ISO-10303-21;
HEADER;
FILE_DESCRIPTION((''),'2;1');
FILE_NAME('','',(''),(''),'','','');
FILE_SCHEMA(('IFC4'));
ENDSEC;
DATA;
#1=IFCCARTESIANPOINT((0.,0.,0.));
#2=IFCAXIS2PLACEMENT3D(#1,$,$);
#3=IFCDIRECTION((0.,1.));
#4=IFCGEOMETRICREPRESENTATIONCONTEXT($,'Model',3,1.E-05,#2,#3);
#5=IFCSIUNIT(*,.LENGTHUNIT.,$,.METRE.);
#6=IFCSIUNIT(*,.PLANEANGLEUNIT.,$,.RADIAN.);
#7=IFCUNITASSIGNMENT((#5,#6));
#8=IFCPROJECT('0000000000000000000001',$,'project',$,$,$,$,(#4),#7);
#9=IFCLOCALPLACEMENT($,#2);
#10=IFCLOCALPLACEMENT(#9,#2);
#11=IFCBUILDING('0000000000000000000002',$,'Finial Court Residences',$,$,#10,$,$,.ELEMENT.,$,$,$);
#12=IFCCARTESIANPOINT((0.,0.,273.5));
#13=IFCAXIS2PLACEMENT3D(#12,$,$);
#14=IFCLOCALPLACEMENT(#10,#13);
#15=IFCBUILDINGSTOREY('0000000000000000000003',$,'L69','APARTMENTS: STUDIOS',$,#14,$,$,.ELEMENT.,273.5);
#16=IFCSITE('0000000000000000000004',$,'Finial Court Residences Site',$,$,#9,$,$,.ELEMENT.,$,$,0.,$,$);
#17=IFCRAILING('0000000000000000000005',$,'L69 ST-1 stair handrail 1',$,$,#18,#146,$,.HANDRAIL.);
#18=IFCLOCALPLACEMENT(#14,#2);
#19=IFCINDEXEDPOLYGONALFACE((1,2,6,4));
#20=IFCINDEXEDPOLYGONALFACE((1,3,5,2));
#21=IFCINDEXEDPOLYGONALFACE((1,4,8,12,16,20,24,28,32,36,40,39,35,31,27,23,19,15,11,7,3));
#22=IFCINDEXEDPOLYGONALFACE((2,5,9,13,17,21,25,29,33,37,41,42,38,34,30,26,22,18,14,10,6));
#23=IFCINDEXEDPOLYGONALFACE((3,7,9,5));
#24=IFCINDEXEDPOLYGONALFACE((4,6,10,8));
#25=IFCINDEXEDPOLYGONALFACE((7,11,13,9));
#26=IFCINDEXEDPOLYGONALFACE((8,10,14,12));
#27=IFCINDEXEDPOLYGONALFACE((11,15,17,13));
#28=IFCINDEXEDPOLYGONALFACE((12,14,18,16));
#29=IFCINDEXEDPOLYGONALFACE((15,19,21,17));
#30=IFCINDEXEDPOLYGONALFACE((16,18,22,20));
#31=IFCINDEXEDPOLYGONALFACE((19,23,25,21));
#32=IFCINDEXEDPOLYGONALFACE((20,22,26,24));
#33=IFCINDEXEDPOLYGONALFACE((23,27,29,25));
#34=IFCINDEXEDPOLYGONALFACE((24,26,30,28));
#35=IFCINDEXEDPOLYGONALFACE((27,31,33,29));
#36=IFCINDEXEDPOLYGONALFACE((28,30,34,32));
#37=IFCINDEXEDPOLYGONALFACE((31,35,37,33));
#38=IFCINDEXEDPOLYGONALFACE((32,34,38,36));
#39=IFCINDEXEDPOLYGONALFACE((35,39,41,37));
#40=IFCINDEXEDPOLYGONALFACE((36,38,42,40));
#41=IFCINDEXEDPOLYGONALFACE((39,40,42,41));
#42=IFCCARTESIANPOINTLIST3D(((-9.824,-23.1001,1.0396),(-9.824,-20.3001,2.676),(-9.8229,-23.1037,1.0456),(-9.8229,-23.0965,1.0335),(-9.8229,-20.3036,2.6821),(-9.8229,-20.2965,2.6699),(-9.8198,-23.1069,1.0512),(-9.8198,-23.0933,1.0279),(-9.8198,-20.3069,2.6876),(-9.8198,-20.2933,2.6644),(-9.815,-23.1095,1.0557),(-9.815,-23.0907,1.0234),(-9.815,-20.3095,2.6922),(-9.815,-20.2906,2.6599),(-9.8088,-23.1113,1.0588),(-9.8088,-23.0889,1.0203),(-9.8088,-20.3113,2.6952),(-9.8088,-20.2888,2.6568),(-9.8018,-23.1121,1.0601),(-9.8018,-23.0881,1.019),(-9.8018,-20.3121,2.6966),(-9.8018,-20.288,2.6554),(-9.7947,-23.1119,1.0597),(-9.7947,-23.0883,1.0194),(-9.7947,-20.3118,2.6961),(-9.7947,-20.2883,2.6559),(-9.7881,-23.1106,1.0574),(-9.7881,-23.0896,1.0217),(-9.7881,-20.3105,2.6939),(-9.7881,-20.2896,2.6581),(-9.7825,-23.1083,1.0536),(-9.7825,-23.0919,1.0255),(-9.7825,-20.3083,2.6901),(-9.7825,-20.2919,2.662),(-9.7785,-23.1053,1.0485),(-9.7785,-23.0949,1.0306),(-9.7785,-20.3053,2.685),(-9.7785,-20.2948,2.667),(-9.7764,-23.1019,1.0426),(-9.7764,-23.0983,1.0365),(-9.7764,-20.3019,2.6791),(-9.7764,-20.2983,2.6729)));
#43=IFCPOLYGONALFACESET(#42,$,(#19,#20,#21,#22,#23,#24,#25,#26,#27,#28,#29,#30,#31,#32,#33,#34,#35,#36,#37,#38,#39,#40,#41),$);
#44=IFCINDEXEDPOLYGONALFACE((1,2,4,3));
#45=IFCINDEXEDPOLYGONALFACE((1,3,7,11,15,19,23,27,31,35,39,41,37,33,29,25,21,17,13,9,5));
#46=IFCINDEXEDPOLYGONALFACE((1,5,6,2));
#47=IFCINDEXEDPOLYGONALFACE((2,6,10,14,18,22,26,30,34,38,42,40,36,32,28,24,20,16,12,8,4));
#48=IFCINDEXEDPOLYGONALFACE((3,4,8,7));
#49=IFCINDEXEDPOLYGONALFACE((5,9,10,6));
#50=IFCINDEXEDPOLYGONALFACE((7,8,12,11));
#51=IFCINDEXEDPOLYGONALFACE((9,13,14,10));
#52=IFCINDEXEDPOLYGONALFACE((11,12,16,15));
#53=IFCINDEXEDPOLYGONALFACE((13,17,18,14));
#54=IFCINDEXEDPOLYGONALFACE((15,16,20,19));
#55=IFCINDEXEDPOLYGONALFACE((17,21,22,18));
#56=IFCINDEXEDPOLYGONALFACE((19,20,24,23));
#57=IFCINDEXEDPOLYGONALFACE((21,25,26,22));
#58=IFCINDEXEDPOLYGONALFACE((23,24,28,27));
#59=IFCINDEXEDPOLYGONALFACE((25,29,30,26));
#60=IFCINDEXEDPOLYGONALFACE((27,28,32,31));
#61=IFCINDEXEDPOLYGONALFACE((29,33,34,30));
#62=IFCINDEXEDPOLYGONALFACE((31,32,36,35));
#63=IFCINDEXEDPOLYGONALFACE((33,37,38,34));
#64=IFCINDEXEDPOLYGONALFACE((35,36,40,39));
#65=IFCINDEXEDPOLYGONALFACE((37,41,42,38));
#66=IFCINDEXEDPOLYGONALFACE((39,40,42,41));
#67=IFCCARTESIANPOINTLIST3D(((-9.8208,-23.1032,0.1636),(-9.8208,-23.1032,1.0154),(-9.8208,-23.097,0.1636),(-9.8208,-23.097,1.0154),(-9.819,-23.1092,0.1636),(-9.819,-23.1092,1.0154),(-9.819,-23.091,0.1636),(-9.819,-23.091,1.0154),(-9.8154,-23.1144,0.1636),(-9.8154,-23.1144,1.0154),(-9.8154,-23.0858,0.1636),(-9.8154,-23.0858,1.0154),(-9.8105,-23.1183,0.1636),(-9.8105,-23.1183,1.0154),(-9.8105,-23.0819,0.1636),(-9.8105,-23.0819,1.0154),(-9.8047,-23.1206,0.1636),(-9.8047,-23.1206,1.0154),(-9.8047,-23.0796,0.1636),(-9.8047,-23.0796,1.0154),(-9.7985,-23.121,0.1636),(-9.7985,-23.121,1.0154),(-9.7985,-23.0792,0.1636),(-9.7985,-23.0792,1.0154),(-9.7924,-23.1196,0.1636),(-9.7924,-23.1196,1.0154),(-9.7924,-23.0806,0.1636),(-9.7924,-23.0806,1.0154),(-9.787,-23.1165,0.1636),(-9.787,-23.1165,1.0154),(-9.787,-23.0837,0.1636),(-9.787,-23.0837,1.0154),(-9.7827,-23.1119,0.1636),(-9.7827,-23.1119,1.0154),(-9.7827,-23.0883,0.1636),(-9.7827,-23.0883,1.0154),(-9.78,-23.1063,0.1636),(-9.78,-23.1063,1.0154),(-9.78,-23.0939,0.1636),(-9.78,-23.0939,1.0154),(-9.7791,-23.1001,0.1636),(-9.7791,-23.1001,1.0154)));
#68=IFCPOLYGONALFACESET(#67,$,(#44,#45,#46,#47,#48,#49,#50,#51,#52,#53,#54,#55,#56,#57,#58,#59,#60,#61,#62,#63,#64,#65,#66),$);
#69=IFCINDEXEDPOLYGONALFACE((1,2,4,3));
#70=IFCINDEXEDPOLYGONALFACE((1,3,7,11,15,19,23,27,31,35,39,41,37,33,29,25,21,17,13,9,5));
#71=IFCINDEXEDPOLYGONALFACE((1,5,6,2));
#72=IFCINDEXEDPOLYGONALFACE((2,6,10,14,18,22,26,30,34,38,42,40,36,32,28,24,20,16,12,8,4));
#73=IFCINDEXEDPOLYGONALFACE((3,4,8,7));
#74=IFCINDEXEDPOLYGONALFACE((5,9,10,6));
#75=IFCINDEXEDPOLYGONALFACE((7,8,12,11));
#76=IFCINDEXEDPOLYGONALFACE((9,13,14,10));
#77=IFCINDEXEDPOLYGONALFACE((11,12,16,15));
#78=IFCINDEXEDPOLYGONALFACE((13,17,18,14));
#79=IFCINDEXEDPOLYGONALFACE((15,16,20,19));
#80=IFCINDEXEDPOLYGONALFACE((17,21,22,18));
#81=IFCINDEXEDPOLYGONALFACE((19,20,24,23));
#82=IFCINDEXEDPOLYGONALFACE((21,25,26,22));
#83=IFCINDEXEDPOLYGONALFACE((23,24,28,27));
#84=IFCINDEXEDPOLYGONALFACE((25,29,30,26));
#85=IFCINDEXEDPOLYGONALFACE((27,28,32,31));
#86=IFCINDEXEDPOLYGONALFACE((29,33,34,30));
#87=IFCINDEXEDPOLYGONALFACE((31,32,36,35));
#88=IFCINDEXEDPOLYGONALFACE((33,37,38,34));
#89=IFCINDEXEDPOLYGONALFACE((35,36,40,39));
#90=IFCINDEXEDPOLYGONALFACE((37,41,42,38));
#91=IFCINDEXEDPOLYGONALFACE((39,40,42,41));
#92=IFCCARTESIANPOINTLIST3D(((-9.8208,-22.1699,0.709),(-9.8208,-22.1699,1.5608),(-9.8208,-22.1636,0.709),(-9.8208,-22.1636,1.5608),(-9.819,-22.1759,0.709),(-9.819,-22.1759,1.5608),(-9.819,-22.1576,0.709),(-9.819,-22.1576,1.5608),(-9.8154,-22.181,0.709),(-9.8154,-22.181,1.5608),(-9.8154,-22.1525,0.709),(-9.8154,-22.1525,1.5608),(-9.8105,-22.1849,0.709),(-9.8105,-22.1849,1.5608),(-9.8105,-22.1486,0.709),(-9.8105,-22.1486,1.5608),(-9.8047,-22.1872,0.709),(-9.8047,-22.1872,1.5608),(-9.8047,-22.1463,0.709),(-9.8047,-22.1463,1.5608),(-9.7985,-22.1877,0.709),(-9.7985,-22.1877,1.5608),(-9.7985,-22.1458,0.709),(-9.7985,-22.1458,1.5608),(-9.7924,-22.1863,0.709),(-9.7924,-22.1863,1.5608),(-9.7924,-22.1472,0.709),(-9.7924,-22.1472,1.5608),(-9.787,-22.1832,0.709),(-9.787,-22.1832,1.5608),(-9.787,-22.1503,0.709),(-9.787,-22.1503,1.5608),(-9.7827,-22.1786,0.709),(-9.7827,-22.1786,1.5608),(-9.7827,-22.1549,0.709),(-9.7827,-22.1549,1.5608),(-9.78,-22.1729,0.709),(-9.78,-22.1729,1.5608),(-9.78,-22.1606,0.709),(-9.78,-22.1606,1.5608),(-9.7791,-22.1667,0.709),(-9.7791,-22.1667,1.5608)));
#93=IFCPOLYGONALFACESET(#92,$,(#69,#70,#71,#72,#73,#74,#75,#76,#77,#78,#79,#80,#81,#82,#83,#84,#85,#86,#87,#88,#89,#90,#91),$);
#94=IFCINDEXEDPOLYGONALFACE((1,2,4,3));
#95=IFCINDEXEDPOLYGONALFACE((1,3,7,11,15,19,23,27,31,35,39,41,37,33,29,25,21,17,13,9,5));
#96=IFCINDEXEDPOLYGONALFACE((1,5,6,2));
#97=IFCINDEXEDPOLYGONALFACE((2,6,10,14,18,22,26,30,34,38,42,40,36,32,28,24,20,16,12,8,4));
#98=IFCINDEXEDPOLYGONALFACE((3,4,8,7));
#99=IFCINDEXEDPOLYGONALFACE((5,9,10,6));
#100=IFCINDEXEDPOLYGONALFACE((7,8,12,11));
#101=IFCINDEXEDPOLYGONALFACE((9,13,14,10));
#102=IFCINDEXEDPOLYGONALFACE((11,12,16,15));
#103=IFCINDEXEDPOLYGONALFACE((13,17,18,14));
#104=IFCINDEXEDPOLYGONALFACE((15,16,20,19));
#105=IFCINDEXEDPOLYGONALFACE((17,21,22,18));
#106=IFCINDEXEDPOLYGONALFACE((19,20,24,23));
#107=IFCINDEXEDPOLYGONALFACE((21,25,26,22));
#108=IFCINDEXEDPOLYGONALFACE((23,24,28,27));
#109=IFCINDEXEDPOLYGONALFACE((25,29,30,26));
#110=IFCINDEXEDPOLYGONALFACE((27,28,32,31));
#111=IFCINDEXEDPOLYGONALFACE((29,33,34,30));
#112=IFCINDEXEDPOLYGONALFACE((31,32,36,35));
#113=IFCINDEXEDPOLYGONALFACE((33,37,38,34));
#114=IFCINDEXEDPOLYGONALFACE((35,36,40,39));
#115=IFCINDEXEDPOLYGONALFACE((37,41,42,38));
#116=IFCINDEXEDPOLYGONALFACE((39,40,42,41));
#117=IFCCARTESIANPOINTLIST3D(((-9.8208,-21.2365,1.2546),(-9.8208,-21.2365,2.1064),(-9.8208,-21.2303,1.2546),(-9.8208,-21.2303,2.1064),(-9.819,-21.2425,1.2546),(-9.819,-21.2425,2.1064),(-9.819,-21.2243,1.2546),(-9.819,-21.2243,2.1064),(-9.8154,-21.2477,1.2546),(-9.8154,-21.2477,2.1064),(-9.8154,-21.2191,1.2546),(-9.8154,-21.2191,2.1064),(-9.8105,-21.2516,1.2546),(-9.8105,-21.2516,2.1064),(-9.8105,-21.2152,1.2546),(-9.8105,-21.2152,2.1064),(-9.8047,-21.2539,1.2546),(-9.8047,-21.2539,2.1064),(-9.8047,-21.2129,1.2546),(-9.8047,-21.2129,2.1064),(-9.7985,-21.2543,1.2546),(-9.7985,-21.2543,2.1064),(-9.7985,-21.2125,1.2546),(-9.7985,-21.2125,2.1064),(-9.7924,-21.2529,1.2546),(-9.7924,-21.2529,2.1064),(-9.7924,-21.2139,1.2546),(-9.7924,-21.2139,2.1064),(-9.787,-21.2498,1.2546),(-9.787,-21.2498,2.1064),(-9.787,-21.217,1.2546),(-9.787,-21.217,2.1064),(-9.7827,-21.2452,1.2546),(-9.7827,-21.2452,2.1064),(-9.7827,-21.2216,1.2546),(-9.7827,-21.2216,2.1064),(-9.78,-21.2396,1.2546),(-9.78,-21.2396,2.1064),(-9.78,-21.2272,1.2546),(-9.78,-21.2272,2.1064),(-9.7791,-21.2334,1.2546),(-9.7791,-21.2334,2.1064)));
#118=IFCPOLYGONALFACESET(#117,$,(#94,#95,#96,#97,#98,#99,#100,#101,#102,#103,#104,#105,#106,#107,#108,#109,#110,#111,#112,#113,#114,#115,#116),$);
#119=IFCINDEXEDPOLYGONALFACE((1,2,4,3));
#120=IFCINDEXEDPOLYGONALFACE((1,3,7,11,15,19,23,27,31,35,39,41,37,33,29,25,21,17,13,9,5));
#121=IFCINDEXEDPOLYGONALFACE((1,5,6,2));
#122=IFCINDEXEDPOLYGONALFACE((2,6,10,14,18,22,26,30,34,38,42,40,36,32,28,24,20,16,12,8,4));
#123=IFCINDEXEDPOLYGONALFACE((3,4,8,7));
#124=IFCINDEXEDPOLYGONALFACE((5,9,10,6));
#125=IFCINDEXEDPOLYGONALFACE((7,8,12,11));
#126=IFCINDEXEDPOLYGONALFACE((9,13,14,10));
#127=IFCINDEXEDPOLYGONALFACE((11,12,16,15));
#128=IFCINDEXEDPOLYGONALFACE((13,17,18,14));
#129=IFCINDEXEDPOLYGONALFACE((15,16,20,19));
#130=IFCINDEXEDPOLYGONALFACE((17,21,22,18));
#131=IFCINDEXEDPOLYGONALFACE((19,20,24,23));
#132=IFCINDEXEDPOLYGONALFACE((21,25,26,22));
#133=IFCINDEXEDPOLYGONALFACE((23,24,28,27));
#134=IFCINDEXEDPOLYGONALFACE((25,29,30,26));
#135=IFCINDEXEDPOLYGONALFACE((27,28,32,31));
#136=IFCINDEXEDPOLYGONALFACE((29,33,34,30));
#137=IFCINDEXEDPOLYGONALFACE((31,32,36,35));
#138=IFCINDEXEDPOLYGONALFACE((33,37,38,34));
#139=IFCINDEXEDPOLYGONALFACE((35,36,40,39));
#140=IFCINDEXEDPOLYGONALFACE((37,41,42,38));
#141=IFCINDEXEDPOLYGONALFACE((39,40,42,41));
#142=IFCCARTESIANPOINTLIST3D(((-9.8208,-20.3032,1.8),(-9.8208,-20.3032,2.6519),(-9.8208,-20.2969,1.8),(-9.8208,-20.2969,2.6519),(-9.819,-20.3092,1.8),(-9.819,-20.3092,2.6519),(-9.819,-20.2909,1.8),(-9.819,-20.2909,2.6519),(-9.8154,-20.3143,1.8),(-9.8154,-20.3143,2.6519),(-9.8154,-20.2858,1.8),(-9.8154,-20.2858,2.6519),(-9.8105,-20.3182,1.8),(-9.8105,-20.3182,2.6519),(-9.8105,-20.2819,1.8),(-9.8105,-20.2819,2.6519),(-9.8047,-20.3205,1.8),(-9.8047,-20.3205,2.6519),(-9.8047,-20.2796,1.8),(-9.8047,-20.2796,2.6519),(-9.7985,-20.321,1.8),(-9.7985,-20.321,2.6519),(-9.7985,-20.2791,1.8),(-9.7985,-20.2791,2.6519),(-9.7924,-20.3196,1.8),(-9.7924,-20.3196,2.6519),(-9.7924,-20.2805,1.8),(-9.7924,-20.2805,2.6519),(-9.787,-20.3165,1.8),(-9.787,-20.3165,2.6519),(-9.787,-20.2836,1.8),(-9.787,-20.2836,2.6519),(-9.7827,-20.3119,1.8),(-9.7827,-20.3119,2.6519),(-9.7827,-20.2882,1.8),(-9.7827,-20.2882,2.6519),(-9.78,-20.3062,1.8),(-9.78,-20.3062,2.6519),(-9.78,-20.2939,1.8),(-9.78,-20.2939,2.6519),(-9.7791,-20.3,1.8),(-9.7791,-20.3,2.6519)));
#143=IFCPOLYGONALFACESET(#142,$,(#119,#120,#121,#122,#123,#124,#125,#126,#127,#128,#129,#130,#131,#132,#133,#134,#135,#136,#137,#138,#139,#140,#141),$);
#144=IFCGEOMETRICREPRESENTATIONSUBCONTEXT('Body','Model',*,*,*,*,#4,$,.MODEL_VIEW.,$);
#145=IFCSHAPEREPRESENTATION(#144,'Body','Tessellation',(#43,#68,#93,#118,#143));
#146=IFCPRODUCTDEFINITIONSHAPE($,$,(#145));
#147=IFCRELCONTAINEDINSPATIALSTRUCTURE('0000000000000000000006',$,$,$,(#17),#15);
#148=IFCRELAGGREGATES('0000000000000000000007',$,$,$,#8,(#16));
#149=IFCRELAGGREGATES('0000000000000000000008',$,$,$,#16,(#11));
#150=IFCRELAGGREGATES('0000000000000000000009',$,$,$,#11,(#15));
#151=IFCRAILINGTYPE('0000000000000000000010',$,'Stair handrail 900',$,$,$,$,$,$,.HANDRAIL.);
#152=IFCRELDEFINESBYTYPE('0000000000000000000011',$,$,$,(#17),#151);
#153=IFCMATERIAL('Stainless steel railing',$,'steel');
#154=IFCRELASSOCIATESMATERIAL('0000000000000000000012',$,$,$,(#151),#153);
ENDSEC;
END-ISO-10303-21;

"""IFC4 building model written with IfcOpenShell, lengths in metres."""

from ifc_helpers import new_model, si_unit, direction, frame, origin, origin_2d, place, context, subcontext, project, spatial, circle, extrude, material, type_object, element, save


model = new_model("IFC4")

# Units and contexts
model_context = context("Model", 3, precision=1e-05, world=origin(), true_north=direction((0.0, 1.0)))
body_context = subcontext(model_context, "Body", "Model", "MODEL_VIEW")
ifc_project = project(units=[si_unit("LENGTHUNIT", "METRE"), si_unit("PLANEANGLEUNIT", "RADIAN")], contexts=[model_context])

# Site, building, storey
site_placement = place(None, origin())
site = spatial("IfcSite", under=ifc_project, at=site_placement, Name="Finial Court Residences Site", CompositionType="ELEMENT", RefElevation=0.0)
building_placement = place(site_placement, origin())
building = spatial("IfcBuilding", under=site, at=building_placement, Name="Finial Court Residences", CompositionType="ELEMENT")
storey_placement = place(building_placement, frame((0.0, 0.0, 273.5)))
storey = spatial("IfcBuildingStorey", under=building, at=storey_placement, Name="L69", Description="APARTMENTS: STUDIOS", CompositionType="ELEMENT", Elevation=273.5)

# Railing
ifc_material_1 = material(Name="Stainless steel railing", Category="steel")
railing_type_1 = type_object("IfcRailingType", Name="Stair handrail 900", PredefinedType="HANDRAIL", material=ifc_material_1)
railing_1_placement = place(storey_placement, frame((-9.8, -23.1001, 0.1636)))
element("IfcRailing", 1, at=railing_1_placement, inside=storey, type_object=railing_type_1, Name="L69 ST-1 stair handrail 1", PredefinedType="HANDRAIL", context=body_context, shape_type="SweptSolid", body=[
    extrude(circle(Radius=0.0239, at=origin_2d()), frame((0.0, 0.0, 0.876), z_axis=(0.0, 0.863361, 0.504587), x_axis=(-1.0, 0.0, 0.0)), (0.0, 0.0, 1.0), 3.2432),
    extrude(circle(Radius=0.021, at=origin_2d()), origin(), (0.0, 0.0, 1.0), 0.8518),
    extrude(circle(Radius=0.021, at=origin_2d()), frame((0.0, 0.9333, 0.5454)), (0.0, 0.0, 1.0), 0.8518),
    extrude(circle(Radius=0.021, at=origin_2d()), frame((0.0, 1.8667, 1.0911)), (0.0, 0.0, 1.0), 0.8518),
    extrude(circle(Radius=0.021, at=origin_2d()), frame((0.0, 2.8, 1.6365)), (0.0, 0.0, 1.0), 0.8518),
])

save(model, "model.ifc")
